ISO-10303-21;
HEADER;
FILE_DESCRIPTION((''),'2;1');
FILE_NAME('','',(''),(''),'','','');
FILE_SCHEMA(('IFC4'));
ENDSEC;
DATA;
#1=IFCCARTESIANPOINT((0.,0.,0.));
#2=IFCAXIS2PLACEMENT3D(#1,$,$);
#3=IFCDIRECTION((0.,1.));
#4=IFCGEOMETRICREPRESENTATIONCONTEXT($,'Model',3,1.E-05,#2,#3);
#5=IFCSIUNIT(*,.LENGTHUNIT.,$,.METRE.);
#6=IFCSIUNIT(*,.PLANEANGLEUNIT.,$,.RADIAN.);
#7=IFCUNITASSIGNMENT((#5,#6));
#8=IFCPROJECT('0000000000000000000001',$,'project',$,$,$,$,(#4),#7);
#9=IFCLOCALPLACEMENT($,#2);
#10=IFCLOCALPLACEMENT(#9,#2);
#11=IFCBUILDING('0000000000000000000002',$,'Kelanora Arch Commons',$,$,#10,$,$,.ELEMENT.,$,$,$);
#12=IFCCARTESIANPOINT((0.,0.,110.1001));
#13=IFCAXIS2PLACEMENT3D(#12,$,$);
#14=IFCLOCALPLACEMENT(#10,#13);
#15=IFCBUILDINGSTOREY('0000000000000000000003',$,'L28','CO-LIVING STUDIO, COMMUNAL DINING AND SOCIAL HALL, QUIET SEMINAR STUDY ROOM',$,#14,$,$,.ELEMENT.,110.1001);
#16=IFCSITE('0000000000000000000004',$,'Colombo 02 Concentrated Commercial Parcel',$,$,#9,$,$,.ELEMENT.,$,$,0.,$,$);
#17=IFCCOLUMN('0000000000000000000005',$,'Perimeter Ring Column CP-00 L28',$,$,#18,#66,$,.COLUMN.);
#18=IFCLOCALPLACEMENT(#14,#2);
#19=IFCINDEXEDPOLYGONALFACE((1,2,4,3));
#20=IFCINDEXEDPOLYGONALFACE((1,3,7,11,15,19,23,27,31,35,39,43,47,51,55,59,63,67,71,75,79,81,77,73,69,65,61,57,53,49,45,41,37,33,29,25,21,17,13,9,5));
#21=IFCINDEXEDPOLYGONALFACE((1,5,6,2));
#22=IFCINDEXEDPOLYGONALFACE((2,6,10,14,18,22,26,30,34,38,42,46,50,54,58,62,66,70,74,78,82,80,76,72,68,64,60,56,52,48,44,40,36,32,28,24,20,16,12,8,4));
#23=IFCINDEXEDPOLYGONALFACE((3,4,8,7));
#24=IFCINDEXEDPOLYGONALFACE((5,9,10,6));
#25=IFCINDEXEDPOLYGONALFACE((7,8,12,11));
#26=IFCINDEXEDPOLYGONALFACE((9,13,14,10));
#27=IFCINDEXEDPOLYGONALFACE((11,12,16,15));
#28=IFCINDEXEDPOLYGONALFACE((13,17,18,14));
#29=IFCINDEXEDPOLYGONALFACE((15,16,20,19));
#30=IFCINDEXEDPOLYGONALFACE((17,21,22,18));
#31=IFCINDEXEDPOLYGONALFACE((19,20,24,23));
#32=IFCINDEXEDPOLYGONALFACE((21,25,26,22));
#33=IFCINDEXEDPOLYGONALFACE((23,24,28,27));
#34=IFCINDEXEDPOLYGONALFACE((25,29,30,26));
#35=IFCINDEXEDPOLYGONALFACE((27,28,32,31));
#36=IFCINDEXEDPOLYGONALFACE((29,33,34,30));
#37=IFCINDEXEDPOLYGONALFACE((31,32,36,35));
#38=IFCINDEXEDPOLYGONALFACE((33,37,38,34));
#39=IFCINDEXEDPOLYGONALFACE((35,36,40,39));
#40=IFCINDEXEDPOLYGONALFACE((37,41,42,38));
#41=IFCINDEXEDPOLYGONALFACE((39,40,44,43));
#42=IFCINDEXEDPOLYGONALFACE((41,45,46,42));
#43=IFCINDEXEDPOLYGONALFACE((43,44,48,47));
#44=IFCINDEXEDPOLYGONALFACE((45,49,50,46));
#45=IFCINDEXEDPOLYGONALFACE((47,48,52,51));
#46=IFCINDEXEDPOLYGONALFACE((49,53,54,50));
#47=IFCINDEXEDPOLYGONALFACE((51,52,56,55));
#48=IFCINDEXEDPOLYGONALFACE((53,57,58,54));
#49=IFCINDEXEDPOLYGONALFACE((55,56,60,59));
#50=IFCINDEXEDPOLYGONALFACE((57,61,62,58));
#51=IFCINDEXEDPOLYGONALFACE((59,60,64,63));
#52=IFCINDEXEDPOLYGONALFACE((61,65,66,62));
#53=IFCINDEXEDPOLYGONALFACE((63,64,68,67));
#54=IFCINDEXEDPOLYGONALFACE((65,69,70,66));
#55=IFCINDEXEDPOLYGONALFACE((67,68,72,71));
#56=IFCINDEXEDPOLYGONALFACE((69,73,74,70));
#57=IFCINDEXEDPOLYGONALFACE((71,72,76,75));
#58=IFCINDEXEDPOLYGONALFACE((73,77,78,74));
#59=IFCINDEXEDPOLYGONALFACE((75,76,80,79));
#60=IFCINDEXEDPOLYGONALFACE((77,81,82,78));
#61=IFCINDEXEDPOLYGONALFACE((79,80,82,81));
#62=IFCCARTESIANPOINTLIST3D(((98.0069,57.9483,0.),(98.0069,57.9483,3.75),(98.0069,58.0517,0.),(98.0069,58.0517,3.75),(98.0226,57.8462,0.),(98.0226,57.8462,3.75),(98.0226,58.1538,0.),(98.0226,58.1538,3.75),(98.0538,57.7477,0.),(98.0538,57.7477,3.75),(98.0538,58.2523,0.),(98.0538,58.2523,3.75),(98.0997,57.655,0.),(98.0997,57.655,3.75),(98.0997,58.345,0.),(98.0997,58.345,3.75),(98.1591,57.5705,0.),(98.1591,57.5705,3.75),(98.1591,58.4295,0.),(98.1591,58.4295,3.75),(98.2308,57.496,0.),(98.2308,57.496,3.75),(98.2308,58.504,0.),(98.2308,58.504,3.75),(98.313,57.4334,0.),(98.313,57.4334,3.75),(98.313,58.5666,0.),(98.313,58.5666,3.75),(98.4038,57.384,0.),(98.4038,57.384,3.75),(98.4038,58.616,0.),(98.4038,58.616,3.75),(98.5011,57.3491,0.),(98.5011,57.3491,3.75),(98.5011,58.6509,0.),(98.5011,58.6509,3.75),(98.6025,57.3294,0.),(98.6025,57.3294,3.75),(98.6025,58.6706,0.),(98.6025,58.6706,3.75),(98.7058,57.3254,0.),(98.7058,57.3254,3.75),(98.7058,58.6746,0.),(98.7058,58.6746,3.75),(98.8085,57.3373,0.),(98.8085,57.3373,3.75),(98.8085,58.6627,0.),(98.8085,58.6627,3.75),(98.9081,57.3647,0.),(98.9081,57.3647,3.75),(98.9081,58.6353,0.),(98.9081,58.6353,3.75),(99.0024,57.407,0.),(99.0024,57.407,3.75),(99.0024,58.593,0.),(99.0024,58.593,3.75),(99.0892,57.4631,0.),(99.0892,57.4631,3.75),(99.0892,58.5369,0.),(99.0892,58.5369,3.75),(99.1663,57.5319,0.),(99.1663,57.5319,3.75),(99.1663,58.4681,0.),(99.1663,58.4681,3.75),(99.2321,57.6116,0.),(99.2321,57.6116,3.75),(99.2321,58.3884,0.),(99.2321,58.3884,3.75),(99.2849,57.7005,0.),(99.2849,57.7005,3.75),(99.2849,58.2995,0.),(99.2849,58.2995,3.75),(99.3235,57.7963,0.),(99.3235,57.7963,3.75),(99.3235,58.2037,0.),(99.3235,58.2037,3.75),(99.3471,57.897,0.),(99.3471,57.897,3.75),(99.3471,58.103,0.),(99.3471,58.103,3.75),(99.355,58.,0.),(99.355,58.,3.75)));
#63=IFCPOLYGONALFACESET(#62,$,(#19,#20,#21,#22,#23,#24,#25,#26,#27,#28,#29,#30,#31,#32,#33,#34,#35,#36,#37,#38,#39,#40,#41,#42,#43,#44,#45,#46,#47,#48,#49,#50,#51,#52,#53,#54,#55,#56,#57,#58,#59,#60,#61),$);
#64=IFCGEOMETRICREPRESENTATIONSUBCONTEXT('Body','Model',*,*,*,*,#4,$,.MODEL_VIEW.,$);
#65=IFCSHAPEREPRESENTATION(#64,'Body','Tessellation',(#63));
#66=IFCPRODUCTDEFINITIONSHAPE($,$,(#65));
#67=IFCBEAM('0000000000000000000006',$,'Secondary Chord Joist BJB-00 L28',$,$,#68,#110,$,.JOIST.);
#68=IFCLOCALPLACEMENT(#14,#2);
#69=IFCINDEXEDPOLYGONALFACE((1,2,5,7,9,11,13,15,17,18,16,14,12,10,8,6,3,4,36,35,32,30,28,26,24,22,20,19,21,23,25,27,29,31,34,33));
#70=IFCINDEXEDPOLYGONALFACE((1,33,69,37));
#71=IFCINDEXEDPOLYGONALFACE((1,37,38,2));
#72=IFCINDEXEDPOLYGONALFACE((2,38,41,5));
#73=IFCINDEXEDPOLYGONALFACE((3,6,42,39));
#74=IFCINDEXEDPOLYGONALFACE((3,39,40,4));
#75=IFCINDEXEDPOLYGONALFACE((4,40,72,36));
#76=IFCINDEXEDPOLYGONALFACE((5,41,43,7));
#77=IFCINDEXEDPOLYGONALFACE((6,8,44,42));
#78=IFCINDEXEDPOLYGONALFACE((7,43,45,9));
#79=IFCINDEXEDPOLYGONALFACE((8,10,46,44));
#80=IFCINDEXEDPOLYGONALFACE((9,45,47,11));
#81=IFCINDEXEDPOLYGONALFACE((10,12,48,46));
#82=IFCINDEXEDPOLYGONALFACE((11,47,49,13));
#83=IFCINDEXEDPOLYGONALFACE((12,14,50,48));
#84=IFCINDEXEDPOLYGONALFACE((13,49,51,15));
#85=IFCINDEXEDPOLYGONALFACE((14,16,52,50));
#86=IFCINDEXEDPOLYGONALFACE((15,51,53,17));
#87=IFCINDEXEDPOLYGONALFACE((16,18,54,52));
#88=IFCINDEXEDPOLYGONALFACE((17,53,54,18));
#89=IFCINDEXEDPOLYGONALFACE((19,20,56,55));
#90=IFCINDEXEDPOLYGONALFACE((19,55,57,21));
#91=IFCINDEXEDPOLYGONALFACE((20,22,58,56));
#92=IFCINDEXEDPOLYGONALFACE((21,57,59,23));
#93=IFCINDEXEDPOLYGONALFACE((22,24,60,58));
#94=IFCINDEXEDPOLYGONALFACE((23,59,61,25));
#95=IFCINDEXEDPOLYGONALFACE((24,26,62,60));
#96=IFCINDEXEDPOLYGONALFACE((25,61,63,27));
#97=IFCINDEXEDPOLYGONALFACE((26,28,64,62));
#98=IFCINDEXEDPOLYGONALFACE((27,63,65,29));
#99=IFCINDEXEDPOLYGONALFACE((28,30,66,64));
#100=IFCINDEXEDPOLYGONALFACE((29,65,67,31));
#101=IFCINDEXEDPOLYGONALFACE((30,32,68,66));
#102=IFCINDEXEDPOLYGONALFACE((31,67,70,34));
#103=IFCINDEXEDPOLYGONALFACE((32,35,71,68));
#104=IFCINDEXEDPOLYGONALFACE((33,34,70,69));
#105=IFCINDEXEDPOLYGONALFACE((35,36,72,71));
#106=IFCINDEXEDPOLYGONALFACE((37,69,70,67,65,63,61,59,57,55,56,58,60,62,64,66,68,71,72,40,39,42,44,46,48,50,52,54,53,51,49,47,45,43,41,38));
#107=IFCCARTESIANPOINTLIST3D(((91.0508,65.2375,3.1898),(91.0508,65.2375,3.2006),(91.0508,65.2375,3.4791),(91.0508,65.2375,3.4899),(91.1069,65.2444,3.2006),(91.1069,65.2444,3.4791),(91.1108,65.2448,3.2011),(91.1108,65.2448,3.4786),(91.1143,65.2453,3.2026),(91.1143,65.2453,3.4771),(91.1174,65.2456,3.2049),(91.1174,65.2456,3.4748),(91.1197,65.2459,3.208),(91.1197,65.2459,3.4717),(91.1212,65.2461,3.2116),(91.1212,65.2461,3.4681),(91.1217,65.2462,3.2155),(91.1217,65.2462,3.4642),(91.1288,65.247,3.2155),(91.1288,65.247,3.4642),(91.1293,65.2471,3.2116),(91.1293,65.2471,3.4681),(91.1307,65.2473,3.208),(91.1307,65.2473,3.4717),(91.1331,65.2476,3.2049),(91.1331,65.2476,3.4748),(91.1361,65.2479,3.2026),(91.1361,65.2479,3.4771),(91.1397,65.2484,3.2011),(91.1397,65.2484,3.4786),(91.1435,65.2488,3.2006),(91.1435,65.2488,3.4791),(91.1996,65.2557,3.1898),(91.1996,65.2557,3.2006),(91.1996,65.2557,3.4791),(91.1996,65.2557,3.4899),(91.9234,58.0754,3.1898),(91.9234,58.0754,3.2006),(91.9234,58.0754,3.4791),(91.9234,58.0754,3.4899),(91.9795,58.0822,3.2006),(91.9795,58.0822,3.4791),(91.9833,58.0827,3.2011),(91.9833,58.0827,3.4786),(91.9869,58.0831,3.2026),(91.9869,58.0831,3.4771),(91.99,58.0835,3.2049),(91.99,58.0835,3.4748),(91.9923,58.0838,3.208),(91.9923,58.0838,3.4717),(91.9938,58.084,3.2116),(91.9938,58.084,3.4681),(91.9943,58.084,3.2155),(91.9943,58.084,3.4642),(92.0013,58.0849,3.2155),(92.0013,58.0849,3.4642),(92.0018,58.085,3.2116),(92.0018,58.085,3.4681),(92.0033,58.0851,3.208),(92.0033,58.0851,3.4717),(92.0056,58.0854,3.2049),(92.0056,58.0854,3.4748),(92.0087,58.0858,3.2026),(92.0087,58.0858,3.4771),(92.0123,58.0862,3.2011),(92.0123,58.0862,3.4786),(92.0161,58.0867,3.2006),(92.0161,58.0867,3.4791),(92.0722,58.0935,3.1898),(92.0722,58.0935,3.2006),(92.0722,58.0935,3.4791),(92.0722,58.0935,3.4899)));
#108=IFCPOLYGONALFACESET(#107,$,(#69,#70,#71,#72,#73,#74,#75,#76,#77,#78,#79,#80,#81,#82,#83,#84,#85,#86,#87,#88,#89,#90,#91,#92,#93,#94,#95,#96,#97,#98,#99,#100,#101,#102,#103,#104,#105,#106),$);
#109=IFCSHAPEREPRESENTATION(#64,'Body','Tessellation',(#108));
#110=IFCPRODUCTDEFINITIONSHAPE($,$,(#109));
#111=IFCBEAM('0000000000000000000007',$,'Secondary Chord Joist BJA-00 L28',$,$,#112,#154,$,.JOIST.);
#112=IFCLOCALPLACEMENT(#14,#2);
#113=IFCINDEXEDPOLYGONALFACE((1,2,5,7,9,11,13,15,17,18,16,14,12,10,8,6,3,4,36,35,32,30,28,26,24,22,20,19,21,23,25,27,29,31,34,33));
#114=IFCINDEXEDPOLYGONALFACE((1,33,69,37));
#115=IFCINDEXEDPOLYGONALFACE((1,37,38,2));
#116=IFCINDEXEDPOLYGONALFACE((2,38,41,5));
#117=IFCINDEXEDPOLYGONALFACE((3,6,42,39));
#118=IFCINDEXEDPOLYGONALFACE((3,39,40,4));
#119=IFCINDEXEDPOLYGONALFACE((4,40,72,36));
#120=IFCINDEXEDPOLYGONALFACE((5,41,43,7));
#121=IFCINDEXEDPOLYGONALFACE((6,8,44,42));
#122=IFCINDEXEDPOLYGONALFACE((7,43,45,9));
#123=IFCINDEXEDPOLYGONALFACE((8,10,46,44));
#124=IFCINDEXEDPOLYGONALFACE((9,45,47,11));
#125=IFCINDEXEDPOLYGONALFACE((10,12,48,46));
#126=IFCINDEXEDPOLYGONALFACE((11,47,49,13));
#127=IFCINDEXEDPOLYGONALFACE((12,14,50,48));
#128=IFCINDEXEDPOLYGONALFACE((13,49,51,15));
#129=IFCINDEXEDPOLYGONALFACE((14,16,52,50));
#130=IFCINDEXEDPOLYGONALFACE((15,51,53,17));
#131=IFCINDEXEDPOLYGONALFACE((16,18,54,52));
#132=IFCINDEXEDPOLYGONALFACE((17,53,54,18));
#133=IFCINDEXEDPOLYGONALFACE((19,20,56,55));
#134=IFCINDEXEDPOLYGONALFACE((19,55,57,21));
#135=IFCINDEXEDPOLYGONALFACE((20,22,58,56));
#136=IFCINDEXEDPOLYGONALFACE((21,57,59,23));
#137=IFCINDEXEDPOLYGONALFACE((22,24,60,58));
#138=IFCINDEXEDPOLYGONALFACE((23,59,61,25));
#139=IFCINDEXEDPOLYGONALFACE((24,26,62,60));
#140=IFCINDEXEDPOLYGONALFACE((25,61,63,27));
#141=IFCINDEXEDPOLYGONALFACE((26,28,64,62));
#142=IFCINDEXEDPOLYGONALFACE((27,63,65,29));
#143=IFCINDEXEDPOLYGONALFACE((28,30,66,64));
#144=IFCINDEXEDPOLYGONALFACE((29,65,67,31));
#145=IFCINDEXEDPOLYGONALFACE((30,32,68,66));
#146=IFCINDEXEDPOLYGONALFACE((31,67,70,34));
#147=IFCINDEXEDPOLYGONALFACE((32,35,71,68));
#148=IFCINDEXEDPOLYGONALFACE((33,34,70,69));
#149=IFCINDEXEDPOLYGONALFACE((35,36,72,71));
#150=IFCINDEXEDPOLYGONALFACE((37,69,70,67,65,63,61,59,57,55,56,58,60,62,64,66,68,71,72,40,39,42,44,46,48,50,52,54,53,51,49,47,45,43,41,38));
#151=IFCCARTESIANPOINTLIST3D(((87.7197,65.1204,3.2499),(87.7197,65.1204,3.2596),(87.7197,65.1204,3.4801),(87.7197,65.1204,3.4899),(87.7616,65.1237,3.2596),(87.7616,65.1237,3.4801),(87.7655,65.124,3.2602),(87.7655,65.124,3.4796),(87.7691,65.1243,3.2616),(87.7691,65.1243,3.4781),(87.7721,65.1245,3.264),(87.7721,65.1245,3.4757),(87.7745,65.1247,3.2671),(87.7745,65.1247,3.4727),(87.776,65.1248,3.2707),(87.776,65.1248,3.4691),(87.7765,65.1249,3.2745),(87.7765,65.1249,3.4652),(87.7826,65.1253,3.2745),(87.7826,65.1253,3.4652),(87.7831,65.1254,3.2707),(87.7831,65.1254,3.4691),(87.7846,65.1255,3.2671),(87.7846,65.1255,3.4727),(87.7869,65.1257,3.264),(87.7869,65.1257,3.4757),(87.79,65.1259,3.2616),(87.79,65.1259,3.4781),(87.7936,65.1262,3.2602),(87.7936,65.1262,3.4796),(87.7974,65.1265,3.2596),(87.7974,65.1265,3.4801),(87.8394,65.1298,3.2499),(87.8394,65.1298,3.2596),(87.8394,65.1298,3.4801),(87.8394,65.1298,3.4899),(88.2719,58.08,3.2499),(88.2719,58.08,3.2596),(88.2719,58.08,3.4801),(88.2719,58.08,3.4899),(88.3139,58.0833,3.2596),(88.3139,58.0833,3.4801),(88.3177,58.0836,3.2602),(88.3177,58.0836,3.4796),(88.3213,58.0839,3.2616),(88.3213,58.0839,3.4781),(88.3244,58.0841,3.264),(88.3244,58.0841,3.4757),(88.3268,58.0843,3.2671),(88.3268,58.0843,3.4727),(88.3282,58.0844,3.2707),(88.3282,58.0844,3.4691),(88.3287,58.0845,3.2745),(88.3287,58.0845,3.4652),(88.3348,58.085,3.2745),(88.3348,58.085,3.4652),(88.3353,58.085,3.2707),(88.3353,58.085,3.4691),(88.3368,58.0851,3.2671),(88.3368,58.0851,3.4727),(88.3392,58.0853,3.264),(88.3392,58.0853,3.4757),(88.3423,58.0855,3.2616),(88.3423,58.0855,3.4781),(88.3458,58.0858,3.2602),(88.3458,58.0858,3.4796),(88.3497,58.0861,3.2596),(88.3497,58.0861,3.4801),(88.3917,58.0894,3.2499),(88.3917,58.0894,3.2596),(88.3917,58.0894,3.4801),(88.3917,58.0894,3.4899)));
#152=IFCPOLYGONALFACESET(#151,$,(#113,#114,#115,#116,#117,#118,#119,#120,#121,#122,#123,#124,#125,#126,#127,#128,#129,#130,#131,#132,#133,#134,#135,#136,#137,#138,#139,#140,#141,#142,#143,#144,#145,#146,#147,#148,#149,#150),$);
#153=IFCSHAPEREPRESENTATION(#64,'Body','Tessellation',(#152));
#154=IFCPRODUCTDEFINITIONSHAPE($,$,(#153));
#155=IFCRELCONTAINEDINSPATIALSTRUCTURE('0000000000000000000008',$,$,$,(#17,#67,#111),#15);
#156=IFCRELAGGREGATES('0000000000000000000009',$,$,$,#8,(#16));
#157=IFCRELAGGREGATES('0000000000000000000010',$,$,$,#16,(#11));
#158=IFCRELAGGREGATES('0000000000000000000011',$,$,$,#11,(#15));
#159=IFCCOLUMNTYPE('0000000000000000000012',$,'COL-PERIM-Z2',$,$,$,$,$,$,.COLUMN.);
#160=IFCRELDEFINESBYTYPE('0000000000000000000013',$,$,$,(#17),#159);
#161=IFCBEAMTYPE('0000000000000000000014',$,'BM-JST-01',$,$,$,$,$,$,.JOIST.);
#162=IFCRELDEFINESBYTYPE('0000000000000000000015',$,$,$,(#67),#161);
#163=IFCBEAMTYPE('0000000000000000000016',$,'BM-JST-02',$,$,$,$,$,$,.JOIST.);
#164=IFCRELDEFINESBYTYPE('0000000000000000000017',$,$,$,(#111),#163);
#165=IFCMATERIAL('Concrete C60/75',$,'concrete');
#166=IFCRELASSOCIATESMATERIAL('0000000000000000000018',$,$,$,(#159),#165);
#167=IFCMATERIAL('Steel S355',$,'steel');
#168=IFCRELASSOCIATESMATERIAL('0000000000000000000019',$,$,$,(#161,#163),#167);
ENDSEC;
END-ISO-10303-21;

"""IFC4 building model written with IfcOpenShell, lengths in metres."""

from ifc_helpers import new_model, si_unit, direction, frame, origin, origin_2d, place, context, subcontext, project, spatial, circle, i_section, extrude, material, material_profile, profile_set, type_object, element, save


model = new_model("IFC4")

# Units and contexts
model_context = context("Model", 3, precision=1e-05, world=origin(), true_north=direction((0.0, 1.0)))
body_context = subcontext(model_context, "Body", "Model", "MODEL_VIEW")
ifc_project = project(units=[si_unit("LENGTHUNIT", "METRE"), si_unit("PLANEANGLEUNIT", "RADIAN")], contexts=[model_context])

# Site, building, storey
site_placement = place(None, origin())
site = spatial("IfcSite", under=ifc_project, at=site_placement, Name="Colombo 02 Concentrated Commercial Parcel", CompositionType="ELEMENT", RefElevation=0.0)
building_placement = place(site_placement, origin())
building = spatial("IfcBuilding", under=site, at=building_placement, Name="Kelanora Arch Commons", CompositionType="ELEMENT")
storey_placement = place(building_placement, frame((0.0, 0.0, 110.1001)))
storey = spatial("IfcBuildingStorey", under=building, at=storey_placement, Name="L28", Description="CO-LIVING STUDIO, COMMUNAL DINING AND SOCIAL HALL, QUIET SEMINAR STUDY ROOM", CompositionType="ELEMENT", Elevation=110.1001)

# Column
ifc_material_1 = material(Name="Concrete C60/75", Category="concrete")
ifc_material_profile_1 = material_profile(ifc_material_1, circle(Radius=0.675, at=origin_2d()), Name="RCC1350")
ifc_profile_set_1 = profile_set([ifc_material_profile_1], Name="Concrete C60/75")
column_type = type_object("IfcColumnType", Name="COL-PERIM-Z2", PredefinedType="COLUMN", material=ifc_profile_set_1)
column_placement = place(storey_placement, frame((98.6799, 58.0, 0.0), z_axis=(0.0, 0.0, 1.0), x_axis=(1.0, 0.0, 0.0)))
element("IfcColumn", 1, at=column_placement, inside=storey, type_object=column_type, Name="Perimeter Ring Column CP-00 L28", PredefinedType="COLUMN", context=body_context, shape_type="SweptSolid", body=[
    extrude(circle(Radius=0.675, at=origin_2d()), origin(), (0.0, 0.0, 1.0), 3.75),
])

# Beams
ifc_material_2 = material(Name="Steel S355", Category="steel")
ifc_material_profile_2 = material_profile(ifc_material_2, i_section(OverallWidth=0.1499, OverallDepth=0.3, WebThickness=0.0071, FlangeThickness=0.0107, FilletRadius=0.0149, at=origin_2d()), Name="IPE300")
ifc_profile_set_2 = profile_set([ifc_material_profile_2], Name="Steel S355")
beam_type_1 = type_object("IfcBeamType", Name="BM-JST-01", PredefinedType="JOIST", material=ifc_profile_set_2)
beam_1_placement = place(storey_placement, frame((91.9978, 58.0845, 3.3398), z_axis=(-0.120936, 0.99266, 0.0), x_axis=(-0.99266, -0.120936, 0.0)))
element("IfcBeam", 2, at=beam_1_placement, inside=storey, type_object=beam_type_1, Name="Secondary Chord Joist BJB-00 L28", PredefinedType="JOIST", context=body_context, shape_type="SweptSolid", body=[
    extrude(i_section(OverallWidth=0.1499, OverallDepth=0.3, WebThickness=0.0071, FlangeThickness=0.0107, FilletRadius=0.0149, at=origin_2d()), origin(), (0.0, 0.0, 1.0), 7.2151),
])
ifc_material_profile_3 = material_profile(ifc_material_2, i_section(OverallWidth=0.1201, OverallDepth=0.24, WebThickness=0.0061, FlangeThickness=0.0098, FilletRadius=0.0149, at=origin_2d()), Name="IPE240")
ifc_profile_set_3 = profile_set([ifc_material_profile_3], Name="Steel S355")
beam_type_2 = type_object("IfcBeamType", Name="BM-JST-02", PredefinedType="JOIST", material=ifc_profile_set_3)
beam_2_placement = place(storey_placement, frame((88.3318, 58.0847, 3.3699), z_axis=(-0.078201, 0.996938, 0.0), x_axis=(-0.996938, -0.078201, 0.0)))
element("IfcBeam", 3, at=beam_2_placement, inside=storey, type_object=beam_type_2, Name="Secondary Chord Joist BJA-00 L28", PredefinedType="JOIST", context=body_context, shape_type="SweptSolid", body=[
    extrude(i_section(OverallWidth=0.1201, OverallDepth=0.24, WebThickness=0.0061, FlangeThickness=0.0098, FilletRadius=0.0149, at=origin_2d()), origin(), (0.0, 0.0, 1.0), 7.062),
])

save(model, "model.ifc")
